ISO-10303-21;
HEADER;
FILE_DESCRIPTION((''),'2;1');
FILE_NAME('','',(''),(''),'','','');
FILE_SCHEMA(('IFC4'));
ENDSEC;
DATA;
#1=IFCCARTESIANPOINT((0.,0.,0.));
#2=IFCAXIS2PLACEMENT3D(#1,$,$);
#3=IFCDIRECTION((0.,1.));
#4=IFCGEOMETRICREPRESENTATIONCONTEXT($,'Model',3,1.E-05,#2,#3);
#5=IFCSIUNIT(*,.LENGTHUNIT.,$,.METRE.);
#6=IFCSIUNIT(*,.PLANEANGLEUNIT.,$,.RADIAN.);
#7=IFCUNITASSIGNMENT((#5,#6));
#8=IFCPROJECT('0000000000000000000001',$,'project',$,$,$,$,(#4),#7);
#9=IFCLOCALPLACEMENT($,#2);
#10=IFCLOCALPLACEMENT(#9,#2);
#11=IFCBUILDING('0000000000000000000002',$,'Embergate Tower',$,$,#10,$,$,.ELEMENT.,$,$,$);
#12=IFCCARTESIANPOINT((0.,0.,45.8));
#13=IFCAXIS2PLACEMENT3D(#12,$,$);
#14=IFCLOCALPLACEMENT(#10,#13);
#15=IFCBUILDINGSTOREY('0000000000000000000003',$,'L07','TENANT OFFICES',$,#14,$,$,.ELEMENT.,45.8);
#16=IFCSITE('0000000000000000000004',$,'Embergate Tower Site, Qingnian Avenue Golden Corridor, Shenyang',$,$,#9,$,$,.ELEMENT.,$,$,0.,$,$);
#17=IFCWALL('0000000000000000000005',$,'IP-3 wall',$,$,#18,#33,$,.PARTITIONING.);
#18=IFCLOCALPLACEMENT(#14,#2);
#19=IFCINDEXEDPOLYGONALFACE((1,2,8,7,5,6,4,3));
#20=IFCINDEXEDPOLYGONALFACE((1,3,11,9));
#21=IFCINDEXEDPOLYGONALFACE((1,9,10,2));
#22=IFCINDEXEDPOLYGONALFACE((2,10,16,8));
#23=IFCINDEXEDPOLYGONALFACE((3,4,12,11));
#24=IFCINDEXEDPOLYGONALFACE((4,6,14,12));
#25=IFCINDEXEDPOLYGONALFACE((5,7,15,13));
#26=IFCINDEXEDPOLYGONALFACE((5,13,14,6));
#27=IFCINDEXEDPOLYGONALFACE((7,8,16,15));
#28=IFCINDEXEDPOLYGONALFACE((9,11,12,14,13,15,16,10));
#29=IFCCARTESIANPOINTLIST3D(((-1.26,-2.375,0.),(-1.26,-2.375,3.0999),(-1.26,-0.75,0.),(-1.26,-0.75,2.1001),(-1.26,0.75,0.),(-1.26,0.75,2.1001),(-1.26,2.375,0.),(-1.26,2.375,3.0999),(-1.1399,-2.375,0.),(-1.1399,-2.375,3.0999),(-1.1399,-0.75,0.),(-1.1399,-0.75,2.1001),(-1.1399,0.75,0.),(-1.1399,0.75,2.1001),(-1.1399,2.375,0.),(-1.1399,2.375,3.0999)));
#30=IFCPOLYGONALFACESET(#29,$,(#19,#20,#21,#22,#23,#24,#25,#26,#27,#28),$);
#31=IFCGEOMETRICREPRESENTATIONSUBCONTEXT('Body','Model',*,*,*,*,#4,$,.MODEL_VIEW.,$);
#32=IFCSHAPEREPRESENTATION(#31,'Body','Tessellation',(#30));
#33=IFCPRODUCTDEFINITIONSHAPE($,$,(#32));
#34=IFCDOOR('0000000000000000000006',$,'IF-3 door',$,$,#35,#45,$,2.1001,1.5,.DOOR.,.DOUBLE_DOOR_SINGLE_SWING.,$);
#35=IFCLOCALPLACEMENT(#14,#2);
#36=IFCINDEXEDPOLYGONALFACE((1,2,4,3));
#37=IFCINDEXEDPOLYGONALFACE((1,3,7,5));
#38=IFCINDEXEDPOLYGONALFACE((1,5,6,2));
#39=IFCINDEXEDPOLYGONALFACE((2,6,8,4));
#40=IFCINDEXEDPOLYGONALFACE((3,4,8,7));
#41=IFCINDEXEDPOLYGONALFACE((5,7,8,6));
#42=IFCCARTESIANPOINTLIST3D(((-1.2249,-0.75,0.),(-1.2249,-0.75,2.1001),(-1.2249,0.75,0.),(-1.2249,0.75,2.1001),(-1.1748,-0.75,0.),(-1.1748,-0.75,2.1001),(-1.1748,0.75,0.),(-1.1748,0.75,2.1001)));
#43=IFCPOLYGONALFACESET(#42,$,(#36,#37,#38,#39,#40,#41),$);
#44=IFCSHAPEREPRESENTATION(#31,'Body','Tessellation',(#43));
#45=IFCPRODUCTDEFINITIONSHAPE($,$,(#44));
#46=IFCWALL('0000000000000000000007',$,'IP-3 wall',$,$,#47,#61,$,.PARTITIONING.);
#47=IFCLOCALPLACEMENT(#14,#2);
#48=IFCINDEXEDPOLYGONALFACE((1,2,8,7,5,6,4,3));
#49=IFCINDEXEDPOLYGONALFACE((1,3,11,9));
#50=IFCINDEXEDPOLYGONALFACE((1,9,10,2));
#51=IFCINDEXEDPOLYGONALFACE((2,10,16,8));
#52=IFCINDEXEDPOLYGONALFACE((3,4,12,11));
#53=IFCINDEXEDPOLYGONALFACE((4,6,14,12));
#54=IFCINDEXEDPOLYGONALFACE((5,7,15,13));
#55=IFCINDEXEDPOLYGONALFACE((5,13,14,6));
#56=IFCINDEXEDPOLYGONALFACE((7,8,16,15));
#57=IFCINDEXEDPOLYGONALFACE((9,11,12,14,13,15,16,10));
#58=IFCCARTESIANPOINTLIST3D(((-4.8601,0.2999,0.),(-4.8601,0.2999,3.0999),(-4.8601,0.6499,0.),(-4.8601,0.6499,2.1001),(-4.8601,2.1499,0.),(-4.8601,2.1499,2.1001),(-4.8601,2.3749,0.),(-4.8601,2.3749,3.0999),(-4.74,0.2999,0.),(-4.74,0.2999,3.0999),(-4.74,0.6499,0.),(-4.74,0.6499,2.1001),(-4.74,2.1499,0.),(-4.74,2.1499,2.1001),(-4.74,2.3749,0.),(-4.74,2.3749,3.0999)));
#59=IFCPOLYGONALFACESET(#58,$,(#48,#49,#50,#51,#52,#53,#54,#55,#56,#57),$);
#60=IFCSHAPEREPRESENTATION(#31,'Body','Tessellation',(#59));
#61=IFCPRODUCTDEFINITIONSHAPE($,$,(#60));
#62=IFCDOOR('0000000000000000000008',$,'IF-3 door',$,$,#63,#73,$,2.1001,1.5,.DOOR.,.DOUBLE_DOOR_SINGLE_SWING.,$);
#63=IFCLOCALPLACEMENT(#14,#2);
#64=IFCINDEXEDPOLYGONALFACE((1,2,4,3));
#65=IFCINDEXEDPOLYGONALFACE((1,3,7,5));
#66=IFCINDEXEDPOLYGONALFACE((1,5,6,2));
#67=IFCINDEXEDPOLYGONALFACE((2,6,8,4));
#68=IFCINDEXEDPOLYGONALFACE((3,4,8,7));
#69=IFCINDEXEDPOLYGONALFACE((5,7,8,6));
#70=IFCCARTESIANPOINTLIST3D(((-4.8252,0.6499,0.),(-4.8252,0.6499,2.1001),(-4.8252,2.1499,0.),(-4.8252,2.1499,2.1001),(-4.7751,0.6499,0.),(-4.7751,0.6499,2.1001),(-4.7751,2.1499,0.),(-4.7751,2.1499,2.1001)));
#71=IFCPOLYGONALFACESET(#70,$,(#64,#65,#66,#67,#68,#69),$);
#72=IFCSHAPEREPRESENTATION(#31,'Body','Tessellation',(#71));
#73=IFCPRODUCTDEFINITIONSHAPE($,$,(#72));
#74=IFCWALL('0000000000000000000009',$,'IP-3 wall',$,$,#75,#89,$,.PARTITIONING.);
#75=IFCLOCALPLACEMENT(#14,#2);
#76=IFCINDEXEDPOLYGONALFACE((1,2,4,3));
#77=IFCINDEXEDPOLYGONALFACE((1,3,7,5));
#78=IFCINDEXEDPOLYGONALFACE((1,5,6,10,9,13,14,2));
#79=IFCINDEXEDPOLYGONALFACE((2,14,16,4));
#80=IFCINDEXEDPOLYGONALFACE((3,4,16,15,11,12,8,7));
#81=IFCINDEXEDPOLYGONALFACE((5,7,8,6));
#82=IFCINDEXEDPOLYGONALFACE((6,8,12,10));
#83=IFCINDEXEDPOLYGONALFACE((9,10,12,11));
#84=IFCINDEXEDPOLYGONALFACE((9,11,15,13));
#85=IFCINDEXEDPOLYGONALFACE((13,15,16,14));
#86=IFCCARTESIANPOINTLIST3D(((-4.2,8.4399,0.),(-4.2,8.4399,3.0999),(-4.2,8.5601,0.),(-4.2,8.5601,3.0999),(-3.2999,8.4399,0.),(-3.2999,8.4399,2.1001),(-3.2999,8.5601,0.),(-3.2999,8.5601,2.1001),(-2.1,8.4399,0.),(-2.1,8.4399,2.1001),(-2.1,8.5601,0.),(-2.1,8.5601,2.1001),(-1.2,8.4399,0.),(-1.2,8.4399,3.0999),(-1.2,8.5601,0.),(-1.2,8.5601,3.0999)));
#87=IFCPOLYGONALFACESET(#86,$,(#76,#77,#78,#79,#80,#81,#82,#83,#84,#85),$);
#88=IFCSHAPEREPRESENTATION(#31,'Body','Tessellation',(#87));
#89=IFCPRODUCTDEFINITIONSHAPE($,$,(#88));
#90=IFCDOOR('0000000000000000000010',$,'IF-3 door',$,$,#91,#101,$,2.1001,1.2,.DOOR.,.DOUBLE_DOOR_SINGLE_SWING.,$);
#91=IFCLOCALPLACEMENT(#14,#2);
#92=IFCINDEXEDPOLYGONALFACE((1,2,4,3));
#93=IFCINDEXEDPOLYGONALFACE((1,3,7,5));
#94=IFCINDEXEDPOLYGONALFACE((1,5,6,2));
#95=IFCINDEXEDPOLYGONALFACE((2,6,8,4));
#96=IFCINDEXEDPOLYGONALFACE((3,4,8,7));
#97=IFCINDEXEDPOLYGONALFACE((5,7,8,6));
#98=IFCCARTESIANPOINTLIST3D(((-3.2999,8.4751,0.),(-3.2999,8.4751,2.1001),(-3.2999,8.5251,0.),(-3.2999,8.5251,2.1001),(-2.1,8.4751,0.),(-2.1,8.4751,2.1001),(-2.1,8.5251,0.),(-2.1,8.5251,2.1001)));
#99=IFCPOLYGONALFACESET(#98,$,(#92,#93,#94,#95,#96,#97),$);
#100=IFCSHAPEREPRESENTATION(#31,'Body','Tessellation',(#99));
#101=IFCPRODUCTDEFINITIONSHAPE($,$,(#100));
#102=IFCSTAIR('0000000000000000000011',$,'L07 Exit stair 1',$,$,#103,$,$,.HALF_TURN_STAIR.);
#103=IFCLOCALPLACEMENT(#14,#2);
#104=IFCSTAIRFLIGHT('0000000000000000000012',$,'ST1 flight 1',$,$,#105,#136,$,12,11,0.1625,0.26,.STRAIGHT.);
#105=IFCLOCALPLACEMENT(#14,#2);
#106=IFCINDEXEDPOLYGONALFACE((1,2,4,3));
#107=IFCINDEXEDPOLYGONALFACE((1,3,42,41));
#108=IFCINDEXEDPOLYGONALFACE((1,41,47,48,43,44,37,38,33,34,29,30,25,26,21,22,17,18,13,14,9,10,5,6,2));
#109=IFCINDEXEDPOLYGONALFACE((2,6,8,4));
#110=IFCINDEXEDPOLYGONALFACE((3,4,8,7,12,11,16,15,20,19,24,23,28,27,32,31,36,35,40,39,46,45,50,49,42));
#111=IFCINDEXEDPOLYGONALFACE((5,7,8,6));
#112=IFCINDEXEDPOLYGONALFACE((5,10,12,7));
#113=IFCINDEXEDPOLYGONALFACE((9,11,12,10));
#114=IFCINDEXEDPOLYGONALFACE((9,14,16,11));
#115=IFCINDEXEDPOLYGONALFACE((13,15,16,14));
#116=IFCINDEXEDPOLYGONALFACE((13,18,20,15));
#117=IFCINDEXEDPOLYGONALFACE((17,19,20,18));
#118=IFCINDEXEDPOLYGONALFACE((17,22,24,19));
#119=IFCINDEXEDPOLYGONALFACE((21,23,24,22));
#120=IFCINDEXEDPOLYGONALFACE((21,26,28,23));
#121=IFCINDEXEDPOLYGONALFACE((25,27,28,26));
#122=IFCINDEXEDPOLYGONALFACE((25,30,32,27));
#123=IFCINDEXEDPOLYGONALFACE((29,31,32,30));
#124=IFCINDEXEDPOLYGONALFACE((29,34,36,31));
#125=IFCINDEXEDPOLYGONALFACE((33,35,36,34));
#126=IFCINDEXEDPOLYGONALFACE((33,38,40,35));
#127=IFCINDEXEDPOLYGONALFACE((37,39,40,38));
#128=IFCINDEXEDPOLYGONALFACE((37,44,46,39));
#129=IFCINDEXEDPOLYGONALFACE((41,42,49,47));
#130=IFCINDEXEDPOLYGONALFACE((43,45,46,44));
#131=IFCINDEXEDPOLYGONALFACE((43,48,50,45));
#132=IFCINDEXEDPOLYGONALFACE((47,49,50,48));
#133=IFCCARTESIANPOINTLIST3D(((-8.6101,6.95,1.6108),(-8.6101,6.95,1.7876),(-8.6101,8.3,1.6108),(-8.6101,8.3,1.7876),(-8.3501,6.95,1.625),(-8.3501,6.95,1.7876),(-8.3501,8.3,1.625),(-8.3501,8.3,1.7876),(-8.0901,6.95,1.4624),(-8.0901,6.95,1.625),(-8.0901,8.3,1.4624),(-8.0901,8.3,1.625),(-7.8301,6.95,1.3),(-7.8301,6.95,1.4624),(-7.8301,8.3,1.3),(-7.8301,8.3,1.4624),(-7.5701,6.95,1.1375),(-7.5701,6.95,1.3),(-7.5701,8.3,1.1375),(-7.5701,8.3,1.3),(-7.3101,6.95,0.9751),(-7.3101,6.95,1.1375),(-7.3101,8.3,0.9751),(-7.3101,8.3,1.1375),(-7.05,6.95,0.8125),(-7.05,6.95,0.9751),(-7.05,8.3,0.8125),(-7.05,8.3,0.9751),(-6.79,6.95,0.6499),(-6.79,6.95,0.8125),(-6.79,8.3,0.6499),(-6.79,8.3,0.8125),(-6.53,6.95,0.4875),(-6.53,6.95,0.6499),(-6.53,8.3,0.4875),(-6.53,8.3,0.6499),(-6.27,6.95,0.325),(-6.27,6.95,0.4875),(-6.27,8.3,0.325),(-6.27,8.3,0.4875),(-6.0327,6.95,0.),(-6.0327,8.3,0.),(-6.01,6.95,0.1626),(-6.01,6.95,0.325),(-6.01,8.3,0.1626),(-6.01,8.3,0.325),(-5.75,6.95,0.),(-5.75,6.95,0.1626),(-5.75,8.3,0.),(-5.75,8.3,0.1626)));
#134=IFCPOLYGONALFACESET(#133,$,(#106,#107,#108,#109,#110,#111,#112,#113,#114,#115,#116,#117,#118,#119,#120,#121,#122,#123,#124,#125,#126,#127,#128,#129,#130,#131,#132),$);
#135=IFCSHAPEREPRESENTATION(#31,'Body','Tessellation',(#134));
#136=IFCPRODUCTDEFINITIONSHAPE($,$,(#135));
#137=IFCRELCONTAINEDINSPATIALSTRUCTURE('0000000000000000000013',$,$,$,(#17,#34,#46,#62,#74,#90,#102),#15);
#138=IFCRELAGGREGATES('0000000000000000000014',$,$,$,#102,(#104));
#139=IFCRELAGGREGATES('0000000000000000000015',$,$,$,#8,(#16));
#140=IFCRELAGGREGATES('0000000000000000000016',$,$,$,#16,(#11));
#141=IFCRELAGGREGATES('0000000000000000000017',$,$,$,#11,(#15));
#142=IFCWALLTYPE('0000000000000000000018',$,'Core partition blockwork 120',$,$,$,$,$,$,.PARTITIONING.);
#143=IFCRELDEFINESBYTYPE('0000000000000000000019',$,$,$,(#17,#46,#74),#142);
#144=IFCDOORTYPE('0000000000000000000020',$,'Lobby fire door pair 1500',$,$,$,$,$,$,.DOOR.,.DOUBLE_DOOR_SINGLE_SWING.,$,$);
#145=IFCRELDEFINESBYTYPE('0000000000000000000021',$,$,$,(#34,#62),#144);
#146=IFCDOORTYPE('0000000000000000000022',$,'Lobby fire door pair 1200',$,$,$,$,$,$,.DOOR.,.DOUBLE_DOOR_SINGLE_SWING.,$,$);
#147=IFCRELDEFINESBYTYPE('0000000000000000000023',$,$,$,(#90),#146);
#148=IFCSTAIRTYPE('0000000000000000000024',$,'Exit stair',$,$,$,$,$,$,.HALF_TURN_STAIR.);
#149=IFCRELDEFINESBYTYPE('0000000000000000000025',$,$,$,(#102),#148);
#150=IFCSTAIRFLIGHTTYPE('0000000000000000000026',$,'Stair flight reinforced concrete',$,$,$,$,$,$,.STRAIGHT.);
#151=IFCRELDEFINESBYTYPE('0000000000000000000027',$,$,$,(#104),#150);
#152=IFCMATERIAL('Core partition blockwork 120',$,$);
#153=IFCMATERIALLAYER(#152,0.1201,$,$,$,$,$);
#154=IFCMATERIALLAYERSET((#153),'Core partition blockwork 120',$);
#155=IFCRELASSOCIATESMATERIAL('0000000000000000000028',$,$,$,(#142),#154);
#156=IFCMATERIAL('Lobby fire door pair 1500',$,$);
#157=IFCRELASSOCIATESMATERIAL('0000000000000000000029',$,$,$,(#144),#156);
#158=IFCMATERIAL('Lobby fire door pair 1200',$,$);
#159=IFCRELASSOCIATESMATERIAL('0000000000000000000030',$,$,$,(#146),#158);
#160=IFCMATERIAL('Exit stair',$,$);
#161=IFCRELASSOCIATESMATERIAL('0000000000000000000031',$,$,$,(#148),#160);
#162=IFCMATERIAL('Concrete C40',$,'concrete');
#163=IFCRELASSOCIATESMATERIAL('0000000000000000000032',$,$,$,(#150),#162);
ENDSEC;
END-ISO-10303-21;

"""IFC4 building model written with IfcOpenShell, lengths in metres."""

from ifc_helpers import new_model, si_unit, direction, frame, frame_2d, origin, place, context, subcontext, project, spatial, polyline, rectangle, outline, extrude, source, transform, mapped, material, layer, layer_set, type_object, element, fill, aggregate, save


model = new_model("IFC4")

# Units and contexts
model_context = context("Model", 3, precision=1e-05, world=origin(), true_north=direction((0.0, 1.0)))
body_context = subcontext(model_context, "Body", "Model", "MODEL_VIEW")
ifc_project = project(units=[si_unit("LENGTHUNIT", "METRE"), si_unit("PLANEANGLEUNIT", "RADIAN")], contexts=[model_context])

# Site, building, storey
site_placement = place(None, origin())
site = spatial("IfcSite", under=ifc_project, at=site_placement, Name="Embergate Tower Site, Qingnian Avenue Golden Corridor, Shenyang", CompositionType="ELEMENT", RefElevation=0.0)
building_placement = place(site_placement, origin())
building = spatial("IfcBuilding", under=site, at=building_placement, Name="Embergate Tower", CompositionType="ELEMENT")
storey_placement = place(building_placement, frame((0.0, 0.0, 45.8)))
storey = spatial("IfcBuildingStorey", under=building, at=storey_placement, Name="L07", Description="TENANT OFFICES", CompositionType="ELEMENT", Elevation=45.8)

# Walls, openings, doors
shared_shape_1 = source(origin(), body_context, "Body", "SweptSolid", [
    extrude(rectangle(XDim=1.2, YDim=2.1001, at=frame_2d((0.6001, 1.05))), frame((0.0, 0.0249, 0.0), z_axis=(0.0, -1.0, 0.0), x_axis=(1.0, 0.0, 0.0)), (0.0, 0.0, 1.0), 0.05),
])
ifc_material_1 = material(Name="Core partition blockwork 120")
ifc_layer_1 = layer(ifc_material_1, 0.1201)
ifc_layer_set_1 = layer_set([ifc_layer_1], Name="Core partition blockwork 120")
wall_type_1 = type_object("IfcWallType", Name="Core partition blockwork 120", PredefinedType="PARTITIONING", material=ifc_layer_set_1)
shared_shape_2 = source(origin(), body_context, "Body", "SweptSolid", [
    extrude(rectangle(XDim=4.75, YDim=0.1201, at=frame_2d((2.375, 0.0))), origin(), (0.0, 0.0, 1.0), 3.0999),
])
wall_1_placement = place(storey_placement, frame((-1.2, -2.375, 0.0), z_axis=(0.0, 0.0, 1.0), x_axis=(0.0, 1.0, 0.0)))
wall_1 = element("IfcWall", 1, at=wall_1_placement, inside=storey, type_object=wall_type_1, Name="IP-3 wall", PredefinedType="PARTITIONING", context=body_context, shape_type="MappedRepresentation", body=[
    mapped(shared_shape_2, transform((0.0, 0.0, 0.0))),
])
shared_shape_3 = source(origin(), body_context, "Body", "SweptSolid", [
    extrude(rectangle(XDim=1.5, YDim=2.1001, at=frame_2d((0.75, 1.05))), frame((0.0, 0.0701, 0.0), z_axis=(0.0, -1.0, 0.0), x_axis=(1.0, 0.0, 0.0)), (0.0, 0.0, 1.0), 0.1401),
])
opening_1_placement = place(wall_1_placement, frame((1.625, 0.0, 0.0)))
opening_1 = element("IfcOpeningElement", 2, at=opening_1_placement, cuts=wall_1, PredefinedType="OPENING", context=body_context, shape_type="MappedRepresentation", body=[
    mapped(shared_shape_3, transform((0.0, 0.0, 0.0))),
])
ifc_material_2 = material(Name="Lobby fire door pair 1500")
door_type_1 = type_object("IfcDoorType", Name="Lobby fire door pair 1500", OperationType="DOUBLE_DOOR_SINGLE_SWING", PredefinedType="DOOR", material=ifc_material_2)
shared_shape_4 = source(origin(), body_context, "Body", "SweptSolid", [
    extrude(rectangle(XDim=1.5, YDim=2.1001, at=frame_2d((0.75, 1.05))), frame((0.0, 0.0249, 0.0), z_axis=(0.0, -1.0, 0.0), x_axis=(1.0, 0.0, 0.0)), (0.0, 0.0, 1.0), 0.05),
])
door_1_placement = place(opening_1_placement, origin())
door_1 = element("IfcDoor", 3, at=door_1_placement, inside=storey, type_object=door_type_1, Name="IF-3 door", OperationType="DOUBLE_DOOR_SINGLE_SWING", OverallHeight=2.1001, OverallWidth=1.5, PredefinedType="DOOR", context=body_context, shape_type="MappedRepresentation", body=[
    mapped(shared_shape_4, transform((0.0, 0.0, 0.0))),
])
fill(opening_1, door_1)
shared_shape_5 = source(origin(), body_context, "Body", "SweptSolid", [
    extrude(rectangle(XDim=2.075, YDim=0.1201, at=frame_2d((1.0376, 0.0))), origin(), (0.0, 0.0, 1.0), 3.0999),
])
wall_2_placement = place(storey_placement, frame((-4.8, 2.375, 0.0), z_axis=(0.0, 0.0, 1.0), x_axis=(0.0, -1.0, 0.0)))
wall_2 = element("IfcWall", 4, at=wall_2_placement, inside=storey, type_object=wall_type_1, Name="IP-3 wall", PredefinedType="PARTITIONING", context=body_context, shape_type="MappedRepresentation", body=[
    mapped(shared_shape_5, transform((0.0, 0.0, 0.0))),
])
opening_2_placement = place(wall_2_placement, frame((0.2251, 0.0, 0.0)))
opening_2 = element("IfcOpeningElement", 5, at=opening_2_placement, cuts=wall_2, PredefinedType="OPENING", context=body_context, shape_type="MappedRepresentation", body=[
    mapped(shared_shape_3, transform((0.0, 0.0, 0.0))),
])
door_2_placement = place(opening_2_placement, origin())
door_2 = element("IfcDoor", 6, at=door_2_placement, inside=storey, type_object=door_type_1, Name="IF-3 door", OperationType="DOUBLE_DOOR_SINGLE_SWING", OverallHeight=2.1001, OverallWidth=1.5, PredefinedType="DOOR", context=body_context, shape_type="MappedRepresentation", body=[
    mapped(shared_shape_4, transform((0.0, 0.0, 0.0))),
])
fill(opening_2, door_2)
shared_shape_6 = source(origin(), body_context, "Body", "SweptSolid", [
    extrude(rectangle(XDim=3.0, YDim=0.1201, at=frame_2d((1.5, 0.0))), origin(), (0.0, 0.0, 1.0), 3.0999),
])
wall_3_placement = place(storey_placement, frame((-1.2, 8.5, 0.0), z_axis=(0.0, 0.0, 1.0), x_axis=(-1.0, 0.0, 0.0)))
wall_3 = element("IfcWall", 7, at=wall_3_placement, inside=storey, type_object=wall_type_1, Name="IP-3 wall", PredefinedType="PARTITIONING", context=body_context, shape_type="MappedRepresentation", body=[
    mapped(shared_shape_6, transform((0.0, 0.0, 0.0))),
])
shared_shape_7 = source(origin(), body_context, "Body", "SweptSolid", [
    extrude(rectangle(XDim=1.2, YDim=2.1001, at=frame_2d((0.6001, 1.05))), frame((0.0, 0.0701, 0.0), z_axis=(0.0, -1.0, 0.0), x_axis=(1.0, 0.0, 0.0)), (0.0, 0.0, 1.0), 0.1401),
])
opening_3_placement = place(wall_3_placement, frame((0.8999, 0.0, 0.0)))
opening_3 = element("IfcOpeningElement", 8, at=opening_3_placement, cuts=wall_3, PredefinedType="OPENING", context=body_context, shape_type="MappedRepresentation", body=[
    mapped(shared_shape_7, transform((0.0, 0.0, 0.0))),
])
ifc_material_3 = material(Name="Lobby fire door pair 1200")
door_type_2 = type_object("IfcDoorType", Name="Lobby fire door pair 1200", OperationType="DOUBLE_DOOR_SINGLE_SWING", PredefinedType="DOOR", material=ifc_material_3)
door_3_placement = place(opening_3_placement, origin())
door_3 = element("IfcDoor", 9, at=door_3_placement, inside=storey, type_object=door_type_2, Name="IF-3 door", OperationType="DOUBLE_DOOR_SINGLE_SWING", OverallHeight=2.1001, OverallWidth=1.2, PredefinedType="DOOR", context=body_context, shape_type="MappedRepresentation", body=[
    mapped(shared_shape_1, transform((0.0, 0.0, 0.0))),
])
fill(opening_3, door_3)

# Stair, stair flight
ifc_material_4 = material(Name="Exit stair")
stair_type = type_object("IfcStairType", Name="Exit stair", PredefinedType="HALF_TURN_STAIR", material=ifc_material_4)
stair_placement = place(storey_placement, origin())
stair = element("IfcStair", 10, at=stair_placement, inside=storey, type_object=stair_type, Name="L07 Exit stair 1", PredefinedType="HALF_TURN_STAIR")
ifc_material_5 = material(Name="Concrete C40", Category="concrete")
stair_flight_type = type_object("IfcStairFlightType", Name="Stair flight reinforced concrete", PredefinedType="STRAIGHT", material=ifc_material_5)
shared_shape_8 = source(origin(), body_context, "Body", "SweptSolid", [
    extrude(outline(polyline([(0.0, 0.0), (0.0, 0.1626), (0.26, 0.1626), (0.26, 0.325), (0.52, 0.325), (0.52, 0.4875), (0.78, 0.4875), (0.78, 0.6499), (1.04, 0.6499), (1.04, 0.8125), (1.3, 0.8125), (1.3, 0.9751), (1.5601, 0.9751), (1.5601, 1.1375), (1.8201, 1.1375), (1.8201, 1.3), (2.0801, 1.3), (2.0801, 1.4624), (2.3401, 1.4624), (2.3401, 1.625), (2.6001, 1.625), (2.6001, 1.7876), (2.8601, 1.7876), (2.8601, 1.95), (2.8601, 1.6108), (0.2827, 0.0), (0.0, 0.0)])), frame((0.0, 0.675, 0.0), z_axis=(0.0, -1.0, 0.0), x_axis=(1.0, 0.0, 0.0)), (0.0, 0.0, 1.0), 1.3501),
])
stair_flight_placement = place(storey_placement, frame((-5.75, 7.625, 0.0), z_axis=(0.0, 0.0, 1.0), x_axis=(-1.0, 0.0, 0.0)))
stair_flight = element("IfcStairFlight", 11, at=stair_flight_placement, type_object=stair_flight_type, Name="ST1 flight 1", NumberOfRisers=12, NumberOfTreads=11, PredefinedType="STRAIGHT", RiserHeight=0.1625, TreadLength=0.26, context=body_context, shape_type="MappedRepresentation", body=[
    mapped(shared_shape_8, transform((0.0, 0.0, 0.0))),
])
aggregate(stair, [stair_flight])

save(model, "model.ifc")
